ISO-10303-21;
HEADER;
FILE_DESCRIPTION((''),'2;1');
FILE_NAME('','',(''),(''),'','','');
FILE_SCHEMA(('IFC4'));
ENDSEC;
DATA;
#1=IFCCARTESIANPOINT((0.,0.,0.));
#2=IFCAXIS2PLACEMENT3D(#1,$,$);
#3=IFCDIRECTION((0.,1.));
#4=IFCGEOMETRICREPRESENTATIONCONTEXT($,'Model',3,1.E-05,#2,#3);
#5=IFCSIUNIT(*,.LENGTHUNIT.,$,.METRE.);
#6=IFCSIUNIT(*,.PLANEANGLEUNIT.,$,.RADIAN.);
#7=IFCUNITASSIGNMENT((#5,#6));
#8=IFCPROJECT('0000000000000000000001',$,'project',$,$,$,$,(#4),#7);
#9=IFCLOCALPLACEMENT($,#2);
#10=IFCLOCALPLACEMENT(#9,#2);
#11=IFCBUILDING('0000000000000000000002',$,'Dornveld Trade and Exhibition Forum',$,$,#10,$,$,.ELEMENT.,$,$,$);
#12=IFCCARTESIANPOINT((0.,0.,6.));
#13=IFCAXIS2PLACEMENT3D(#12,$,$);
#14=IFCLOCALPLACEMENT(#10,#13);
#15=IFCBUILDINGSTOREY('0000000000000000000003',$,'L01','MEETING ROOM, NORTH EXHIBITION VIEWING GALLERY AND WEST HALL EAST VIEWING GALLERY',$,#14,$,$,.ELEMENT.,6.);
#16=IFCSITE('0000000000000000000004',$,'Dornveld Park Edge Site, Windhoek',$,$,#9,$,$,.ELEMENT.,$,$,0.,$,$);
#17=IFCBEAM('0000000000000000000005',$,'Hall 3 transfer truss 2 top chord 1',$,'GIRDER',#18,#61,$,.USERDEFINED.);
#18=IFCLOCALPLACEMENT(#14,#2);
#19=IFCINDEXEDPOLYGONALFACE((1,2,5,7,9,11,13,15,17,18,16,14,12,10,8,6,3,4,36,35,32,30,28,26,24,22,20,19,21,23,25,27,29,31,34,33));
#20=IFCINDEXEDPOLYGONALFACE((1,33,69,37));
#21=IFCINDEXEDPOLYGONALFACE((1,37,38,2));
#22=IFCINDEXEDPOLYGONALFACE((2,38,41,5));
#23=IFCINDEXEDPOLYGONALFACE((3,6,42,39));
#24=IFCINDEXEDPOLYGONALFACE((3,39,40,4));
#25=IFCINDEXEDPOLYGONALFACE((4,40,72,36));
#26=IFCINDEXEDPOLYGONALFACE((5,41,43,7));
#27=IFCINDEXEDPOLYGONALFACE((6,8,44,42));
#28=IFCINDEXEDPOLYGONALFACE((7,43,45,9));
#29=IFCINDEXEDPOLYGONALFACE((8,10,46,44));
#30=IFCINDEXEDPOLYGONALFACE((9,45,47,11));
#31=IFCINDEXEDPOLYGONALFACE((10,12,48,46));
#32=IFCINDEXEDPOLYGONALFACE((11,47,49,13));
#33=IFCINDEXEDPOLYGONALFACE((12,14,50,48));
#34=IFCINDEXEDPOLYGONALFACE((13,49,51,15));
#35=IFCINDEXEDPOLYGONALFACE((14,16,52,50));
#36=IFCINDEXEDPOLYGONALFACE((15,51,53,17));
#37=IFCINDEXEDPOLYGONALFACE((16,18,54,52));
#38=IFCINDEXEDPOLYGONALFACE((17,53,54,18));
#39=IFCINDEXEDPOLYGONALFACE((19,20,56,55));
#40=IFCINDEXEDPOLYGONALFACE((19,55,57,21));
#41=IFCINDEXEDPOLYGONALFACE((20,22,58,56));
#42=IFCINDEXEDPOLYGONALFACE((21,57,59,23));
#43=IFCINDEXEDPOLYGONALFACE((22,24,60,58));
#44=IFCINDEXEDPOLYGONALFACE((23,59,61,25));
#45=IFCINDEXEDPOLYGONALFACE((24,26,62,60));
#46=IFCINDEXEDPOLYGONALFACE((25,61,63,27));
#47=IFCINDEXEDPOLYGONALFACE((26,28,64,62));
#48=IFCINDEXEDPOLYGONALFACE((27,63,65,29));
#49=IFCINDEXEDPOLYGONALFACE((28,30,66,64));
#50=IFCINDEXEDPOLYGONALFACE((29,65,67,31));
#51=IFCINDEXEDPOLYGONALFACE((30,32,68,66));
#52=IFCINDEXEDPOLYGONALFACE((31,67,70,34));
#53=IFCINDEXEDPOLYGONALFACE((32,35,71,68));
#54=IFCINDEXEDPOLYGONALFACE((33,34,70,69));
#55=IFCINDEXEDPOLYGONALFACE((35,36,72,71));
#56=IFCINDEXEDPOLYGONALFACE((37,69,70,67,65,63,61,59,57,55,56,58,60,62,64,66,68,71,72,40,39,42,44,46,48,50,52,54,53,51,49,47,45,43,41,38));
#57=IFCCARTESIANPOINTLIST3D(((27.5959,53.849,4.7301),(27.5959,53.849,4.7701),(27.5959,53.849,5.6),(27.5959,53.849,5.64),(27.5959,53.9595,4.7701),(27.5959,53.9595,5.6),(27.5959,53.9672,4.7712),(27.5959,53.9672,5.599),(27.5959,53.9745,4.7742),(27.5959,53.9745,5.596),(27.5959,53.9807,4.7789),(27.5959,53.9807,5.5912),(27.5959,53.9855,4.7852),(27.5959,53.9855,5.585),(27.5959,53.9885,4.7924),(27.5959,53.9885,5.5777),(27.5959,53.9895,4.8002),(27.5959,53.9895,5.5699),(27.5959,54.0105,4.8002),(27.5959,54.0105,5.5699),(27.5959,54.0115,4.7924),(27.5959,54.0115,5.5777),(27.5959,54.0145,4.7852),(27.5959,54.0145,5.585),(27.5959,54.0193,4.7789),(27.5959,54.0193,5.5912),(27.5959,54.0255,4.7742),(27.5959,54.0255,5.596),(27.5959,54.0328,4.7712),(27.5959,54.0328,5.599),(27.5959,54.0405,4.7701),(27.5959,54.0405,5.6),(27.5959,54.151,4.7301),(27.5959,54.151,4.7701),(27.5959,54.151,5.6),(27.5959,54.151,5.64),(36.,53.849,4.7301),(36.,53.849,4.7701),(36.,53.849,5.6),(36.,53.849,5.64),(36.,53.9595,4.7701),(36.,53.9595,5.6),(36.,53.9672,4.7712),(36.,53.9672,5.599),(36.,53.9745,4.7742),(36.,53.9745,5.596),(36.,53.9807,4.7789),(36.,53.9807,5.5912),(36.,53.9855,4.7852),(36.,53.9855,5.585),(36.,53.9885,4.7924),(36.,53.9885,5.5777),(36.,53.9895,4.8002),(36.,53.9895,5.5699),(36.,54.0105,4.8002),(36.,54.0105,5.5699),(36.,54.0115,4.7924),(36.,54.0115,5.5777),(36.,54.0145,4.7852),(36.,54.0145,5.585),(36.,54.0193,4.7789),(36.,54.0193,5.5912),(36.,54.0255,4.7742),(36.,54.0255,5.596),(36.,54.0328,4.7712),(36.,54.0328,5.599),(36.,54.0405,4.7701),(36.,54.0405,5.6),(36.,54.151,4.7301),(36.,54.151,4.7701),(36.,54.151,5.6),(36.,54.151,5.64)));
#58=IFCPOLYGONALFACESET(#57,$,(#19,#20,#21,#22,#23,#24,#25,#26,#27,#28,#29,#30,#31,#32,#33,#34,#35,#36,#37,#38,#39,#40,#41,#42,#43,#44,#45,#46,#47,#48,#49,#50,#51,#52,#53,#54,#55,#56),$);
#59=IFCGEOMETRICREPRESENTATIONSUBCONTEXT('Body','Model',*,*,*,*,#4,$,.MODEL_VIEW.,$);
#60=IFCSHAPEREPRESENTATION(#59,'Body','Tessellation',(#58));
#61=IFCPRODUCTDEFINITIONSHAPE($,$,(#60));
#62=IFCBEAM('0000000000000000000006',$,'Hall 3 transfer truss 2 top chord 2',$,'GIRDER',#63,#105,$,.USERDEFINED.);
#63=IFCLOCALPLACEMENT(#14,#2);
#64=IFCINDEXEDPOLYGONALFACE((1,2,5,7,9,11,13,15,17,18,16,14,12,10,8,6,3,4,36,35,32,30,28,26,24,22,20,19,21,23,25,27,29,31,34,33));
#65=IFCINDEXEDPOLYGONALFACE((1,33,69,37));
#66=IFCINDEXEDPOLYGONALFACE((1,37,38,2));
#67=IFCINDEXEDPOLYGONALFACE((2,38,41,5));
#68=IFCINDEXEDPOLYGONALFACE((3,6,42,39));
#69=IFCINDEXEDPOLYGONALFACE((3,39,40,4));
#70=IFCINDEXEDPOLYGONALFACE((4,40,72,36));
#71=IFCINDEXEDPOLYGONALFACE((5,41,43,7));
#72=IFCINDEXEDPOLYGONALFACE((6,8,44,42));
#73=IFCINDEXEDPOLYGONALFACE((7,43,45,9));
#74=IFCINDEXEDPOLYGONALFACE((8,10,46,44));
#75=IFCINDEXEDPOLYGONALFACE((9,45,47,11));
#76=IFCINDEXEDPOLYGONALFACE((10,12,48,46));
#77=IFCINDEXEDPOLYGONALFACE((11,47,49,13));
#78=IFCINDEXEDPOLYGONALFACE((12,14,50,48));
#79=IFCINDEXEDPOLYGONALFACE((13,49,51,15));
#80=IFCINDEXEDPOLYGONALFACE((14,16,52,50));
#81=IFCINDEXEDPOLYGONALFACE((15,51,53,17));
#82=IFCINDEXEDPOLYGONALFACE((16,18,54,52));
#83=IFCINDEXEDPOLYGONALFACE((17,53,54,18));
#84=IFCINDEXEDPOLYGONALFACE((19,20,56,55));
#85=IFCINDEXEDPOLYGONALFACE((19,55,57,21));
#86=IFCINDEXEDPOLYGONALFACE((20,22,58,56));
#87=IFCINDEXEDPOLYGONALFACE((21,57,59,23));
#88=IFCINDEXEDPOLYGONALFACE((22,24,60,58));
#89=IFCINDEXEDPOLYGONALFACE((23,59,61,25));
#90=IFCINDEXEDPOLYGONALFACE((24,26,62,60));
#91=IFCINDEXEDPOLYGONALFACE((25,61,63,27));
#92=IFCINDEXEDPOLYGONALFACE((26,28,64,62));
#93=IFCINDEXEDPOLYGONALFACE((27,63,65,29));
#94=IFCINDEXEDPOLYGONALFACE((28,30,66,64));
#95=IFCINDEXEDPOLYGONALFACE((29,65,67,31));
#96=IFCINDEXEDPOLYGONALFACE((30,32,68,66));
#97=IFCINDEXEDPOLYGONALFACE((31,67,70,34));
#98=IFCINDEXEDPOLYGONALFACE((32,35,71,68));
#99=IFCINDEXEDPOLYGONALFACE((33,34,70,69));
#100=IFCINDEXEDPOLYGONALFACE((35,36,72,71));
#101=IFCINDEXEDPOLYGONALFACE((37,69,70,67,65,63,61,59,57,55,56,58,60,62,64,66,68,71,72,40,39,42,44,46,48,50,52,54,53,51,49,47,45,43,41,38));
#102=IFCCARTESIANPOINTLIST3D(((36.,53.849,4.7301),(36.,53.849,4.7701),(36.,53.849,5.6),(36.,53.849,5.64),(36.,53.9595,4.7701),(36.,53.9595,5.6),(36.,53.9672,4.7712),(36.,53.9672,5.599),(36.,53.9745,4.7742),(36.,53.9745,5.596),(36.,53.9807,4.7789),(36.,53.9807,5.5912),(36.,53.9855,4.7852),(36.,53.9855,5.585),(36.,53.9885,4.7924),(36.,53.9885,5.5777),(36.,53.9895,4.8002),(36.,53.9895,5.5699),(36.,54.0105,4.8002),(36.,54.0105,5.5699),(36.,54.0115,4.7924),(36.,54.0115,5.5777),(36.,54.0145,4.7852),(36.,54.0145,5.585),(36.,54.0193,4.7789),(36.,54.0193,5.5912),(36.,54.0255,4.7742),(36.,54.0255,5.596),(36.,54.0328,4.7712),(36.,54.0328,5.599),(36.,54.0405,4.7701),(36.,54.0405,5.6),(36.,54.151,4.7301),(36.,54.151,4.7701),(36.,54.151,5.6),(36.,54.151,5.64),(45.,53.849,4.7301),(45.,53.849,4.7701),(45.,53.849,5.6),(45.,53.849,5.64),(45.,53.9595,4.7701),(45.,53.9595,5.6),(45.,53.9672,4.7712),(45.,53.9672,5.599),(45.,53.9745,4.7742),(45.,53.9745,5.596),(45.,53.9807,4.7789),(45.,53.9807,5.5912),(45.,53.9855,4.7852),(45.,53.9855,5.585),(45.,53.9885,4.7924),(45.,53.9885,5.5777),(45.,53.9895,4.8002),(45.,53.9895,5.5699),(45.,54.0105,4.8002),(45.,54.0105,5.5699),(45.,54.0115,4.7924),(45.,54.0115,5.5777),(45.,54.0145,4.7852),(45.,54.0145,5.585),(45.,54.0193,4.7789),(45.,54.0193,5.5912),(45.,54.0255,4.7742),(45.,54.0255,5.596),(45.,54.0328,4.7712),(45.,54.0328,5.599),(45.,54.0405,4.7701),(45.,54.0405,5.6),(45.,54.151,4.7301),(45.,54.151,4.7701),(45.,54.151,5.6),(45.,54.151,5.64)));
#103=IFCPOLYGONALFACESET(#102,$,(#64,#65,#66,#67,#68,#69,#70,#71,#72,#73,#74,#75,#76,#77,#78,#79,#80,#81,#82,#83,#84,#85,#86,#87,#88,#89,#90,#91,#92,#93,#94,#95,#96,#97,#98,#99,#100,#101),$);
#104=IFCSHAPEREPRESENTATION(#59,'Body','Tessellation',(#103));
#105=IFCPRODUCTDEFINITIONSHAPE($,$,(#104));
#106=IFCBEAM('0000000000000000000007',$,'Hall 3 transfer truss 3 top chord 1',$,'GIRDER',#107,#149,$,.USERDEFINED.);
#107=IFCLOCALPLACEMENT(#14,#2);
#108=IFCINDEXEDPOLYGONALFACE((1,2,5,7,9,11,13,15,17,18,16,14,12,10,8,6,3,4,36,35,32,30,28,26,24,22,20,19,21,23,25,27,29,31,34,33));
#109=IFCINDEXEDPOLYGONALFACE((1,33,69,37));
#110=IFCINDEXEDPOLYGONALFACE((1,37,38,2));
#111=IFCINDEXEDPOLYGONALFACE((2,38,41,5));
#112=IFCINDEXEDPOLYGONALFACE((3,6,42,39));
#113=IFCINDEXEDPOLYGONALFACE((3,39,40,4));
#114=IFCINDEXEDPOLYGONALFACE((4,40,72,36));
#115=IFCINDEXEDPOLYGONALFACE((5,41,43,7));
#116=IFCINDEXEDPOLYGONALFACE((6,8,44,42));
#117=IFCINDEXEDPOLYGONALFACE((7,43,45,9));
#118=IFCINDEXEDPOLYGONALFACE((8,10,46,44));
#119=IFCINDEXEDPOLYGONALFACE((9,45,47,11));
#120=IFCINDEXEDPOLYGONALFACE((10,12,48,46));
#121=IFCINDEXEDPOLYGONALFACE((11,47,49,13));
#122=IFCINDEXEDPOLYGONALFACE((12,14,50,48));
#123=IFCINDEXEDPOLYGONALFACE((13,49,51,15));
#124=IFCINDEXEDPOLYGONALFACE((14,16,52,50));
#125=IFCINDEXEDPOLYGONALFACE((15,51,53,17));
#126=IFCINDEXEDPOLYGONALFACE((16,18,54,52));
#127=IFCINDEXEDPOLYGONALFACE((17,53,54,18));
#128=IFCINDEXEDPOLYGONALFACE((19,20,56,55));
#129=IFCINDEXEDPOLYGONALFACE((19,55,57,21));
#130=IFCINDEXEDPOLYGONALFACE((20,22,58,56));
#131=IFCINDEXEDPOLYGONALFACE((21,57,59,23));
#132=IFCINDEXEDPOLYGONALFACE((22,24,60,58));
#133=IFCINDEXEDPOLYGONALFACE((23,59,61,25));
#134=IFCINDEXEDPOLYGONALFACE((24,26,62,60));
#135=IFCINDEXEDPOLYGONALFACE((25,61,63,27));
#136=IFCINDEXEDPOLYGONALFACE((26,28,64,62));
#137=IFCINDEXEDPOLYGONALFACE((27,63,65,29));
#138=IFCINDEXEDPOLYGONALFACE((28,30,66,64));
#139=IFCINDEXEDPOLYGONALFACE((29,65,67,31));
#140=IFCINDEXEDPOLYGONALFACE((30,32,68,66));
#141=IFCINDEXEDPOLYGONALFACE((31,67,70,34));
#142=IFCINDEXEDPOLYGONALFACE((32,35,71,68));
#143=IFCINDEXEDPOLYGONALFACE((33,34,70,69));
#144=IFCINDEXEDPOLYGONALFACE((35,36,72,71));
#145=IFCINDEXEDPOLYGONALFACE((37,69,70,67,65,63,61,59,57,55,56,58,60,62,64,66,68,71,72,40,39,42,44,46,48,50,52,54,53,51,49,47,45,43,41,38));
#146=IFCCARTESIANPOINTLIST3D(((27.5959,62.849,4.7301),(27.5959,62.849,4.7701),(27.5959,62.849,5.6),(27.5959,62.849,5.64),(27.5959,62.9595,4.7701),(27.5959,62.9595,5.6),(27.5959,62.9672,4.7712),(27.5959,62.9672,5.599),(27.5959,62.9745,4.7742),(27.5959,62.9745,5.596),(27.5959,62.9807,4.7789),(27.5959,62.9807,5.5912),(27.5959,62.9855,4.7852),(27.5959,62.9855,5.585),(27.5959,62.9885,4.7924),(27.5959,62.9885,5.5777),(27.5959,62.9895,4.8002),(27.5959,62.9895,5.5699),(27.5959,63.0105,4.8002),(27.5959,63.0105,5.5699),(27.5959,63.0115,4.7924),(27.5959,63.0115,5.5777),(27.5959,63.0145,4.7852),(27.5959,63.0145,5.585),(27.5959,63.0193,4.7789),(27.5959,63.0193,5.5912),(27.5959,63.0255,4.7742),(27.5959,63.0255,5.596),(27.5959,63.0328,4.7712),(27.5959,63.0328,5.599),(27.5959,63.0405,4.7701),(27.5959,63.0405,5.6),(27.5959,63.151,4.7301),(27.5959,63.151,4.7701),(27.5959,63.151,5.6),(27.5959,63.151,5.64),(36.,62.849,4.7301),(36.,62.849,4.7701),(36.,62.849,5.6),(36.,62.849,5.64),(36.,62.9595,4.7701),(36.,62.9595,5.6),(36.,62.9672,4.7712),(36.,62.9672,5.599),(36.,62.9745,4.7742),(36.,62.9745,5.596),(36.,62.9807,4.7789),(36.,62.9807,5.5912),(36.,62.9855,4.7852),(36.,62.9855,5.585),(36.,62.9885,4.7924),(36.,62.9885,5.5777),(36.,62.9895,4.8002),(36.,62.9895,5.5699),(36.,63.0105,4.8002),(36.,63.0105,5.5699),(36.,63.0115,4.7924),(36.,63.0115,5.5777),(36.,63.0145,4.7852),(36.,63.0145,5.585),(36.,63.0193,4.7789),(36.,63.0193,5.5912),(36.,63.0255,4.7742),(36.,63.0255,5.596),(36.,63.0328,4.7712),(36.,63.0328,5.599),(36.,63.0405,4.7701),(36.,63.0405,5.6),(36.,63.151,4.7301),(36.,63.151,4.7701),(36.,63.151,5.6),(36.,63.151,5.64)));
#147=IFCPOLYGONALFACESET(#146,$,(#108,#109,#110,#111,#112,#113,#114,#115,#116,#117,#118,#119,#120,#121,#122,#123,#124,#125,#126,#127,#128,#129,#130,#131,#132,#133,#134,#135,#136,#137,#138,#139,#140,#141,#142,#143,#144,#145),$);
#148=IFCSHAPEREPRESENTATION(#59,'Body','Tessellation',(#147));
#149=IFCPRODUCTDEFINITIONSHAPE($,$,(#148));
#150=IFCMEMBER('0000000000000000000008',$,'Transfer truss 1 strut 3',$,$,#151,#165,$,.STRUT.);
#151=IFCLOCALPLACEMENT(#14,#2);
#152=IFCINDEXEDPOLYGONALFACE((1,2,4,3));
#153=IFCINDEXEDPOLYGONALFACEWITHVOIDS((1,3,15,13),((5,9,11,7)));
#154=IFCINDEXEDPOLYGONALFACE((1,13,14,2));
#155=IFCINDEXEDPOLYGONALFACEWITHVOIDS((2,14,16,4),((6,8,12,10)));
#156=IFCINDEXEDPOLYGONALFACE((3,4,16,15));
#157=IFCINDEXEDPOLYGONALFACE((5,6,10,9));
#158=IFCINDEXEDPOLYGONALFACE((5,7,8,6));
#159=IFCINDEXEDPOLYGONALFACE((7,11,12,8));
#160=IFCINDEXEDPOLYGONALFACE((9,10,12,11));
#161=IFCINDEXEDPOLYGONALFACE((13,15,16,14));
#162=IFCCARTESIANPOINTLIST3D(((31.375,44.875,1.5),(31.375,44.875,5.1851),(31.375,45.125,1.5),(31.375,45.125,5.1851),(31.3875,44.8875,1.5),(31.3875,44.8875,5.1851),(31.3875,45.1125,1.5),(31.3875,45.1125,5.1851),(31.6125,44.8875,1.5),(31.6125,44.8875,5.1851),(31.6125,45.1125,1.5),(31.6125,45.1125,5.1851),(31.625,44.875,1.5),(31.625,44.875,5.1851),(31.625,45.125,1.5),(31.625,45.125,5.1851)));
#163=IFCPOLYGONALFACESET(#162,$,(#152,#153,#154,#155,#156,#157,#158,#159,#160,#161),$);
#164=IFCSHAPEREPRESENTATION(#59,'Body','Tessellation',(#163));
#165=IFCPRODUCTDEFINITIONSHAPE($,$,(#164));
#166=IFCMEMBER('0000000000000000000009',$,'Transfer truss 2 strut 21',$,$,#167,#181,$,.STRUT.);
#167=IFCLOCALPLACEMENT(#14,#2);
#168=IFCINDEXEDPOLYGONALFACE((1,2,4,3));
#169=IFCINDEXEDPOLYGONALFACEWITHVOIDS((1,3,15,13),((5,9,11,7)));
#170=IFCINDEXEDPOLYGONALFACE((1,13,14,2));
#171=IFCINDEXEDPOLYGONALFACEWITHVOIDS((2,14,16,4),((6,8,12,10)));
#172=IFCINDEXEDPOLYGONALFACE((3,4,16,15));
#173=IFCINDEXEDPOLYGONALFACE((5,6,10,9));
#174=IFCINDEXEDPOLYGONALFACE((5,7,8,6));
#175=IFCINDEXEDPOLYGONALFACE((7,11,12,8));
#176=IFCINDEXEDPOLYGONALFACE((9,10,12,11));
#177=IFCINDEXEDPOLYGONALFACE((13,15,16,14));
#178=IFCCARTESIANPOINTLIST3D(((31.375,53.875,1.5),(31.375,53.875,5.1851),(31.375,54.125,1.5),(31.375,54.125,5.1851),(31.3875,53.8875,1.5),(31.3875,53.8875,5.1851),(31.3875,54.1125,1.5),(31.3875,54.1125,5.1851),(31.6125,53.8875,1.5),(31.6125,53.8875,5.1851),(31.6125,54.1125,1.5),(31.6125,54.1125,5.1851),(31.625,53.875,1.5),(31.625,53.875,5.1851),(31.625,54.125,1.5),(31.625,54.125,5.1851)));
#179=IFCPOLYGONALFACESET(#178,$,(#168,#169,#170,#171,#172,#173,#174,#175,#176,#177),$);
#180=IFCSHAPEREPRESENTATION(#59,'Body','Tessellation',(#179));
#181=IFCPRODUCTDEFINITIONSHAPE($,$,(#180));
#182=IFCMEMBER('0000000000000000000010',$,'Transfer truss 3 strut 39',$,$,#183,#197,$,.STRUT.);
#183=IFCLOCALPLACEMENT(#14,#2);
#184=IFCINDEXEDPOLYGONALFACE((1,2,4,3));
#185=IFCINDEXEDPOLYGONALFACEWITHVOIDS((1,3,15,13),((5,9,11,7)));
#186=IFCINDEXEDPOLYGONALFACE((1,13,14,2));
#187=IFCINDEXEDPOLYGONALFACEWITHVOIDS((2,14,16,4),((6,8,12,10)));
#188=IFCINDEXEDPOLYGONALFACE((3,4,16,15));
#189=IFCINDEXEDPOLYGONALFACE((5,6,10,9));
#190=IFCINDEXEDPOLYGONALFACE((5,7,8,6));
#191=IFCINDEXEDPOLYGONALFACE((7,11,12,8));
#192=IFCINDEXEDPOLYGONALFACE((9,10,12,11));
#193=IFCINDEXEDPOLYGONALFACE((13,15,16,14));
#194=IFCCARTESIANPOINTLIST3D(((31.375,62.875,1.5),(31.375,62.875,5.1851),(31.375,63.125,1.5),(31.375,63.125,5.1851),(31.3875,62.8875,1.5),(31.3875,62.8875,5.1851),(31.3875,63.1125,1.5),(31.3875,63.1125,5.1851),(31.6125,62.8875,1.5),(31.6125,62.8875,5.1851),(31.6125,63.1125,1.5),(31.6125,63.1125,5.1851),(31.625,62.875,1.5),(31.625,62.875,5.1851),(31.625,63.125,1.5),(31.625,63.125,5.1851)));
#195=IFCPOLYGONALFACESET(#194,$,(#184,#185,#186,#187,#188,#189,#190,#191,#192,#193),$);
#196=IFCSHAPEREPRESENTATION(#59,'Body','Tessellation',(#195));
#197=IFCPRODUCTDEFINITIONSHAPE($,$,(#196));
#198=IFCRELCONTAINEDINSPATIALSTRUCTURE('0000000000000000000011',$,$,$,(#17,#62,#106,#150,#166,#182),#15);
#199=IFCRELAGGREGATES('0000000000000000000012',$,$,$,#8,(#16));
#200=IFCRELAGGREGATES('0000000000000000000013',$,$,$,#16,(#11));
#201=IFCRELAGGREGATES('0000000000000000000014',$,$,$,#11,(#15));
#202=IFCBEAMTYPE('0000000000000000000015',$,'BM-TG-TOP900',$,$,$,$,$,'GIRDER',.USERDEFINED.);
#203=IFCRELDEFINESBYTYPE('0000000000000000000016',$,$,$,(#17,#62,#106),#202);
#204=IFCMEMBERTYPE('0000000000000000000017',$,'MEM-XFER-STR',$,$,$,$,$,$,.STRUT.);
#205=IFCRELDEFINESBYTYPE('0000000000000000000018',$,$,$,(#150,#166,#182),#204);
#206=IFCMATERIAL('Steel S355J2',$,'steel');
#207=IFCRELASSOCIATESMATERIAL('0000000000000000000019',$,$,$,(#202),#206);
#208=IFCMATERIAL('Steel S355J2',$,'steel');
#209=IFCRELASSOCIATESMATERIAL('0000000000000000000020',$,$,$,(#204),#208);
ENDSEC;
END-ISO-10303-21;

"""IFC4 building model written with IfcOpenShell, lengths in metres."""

from ifc_helpers import new_model, si_unit, direction, frame, origin, origin_2d, place, context, subcontext, project, spatial, hollow_rectangle, i_section, extrude, material, material_profile, profile_set, type_object, element, save


model = new_model("IFC4")

# Units and contexts
model_context = context("Model", 3, precision=1e-05, world=origin(), true_north=direction((0.0, 1.0)))
body_context = subcontext(model_context, "Body", "Model", "MODEL_VIEW")
ifc_project = project(units=[si_unit("LENGTHUNIT", "METRE"), si_unit("PLANEANGLEUNIT", "RADIAN")], contexts=[model_context])

# Site, building, storey
site_placement = place(None, origin())
site = spatial("IfcSite", under=ifc_project, at=site_placement, Name="Dornveld Park Edge Site, Windhoek", CompositionType="ELEMENT", RefElevation=0.0)
building_placement = place(site_placement, origin())
building = spatial("IfcBuilding", under=site, at=building_placement, Name="Dornveld Trade and Exhibition Forum", CompositionType="ELEMENT")
storey_placement = place(building_placement, frame((0.0, 0.0, 6.0)))
storey = spatial("IfcBuildingStorey", under=building, at=storey_placement, Name="L01", Description="MEETING ROOM, NORTH EXHIBITION VIEWING GALLERY AND WEST HALL EAST VIEWING GALLERY", CompositionType="ELEMENT", Elevation=6.0)

# Beams
ifc_material_1 = material(Name="Steel S355J2", Category="steel")
ifc_material_profile_1 = material_profile(ifc_material_1, i_section(OverallWidth=0.302, OverallDepth=0.9099, WebThickness=0.021, FlangeThickness=0.04, FilletRadius=0.03, at=origin_2d()), Name="HEM 900")
ifc_profile_set_1 = profile_set([ifc_material_profile_1], Name="Steel S355J2")
beam_type_1 = type_object("IfcBeamType", Name="BM-TG-TOP900", ElementType="GIRDER", PredefinedType="USERDEFINED", material=ifc_profile_set_1)
beam_1_placement = place(storey_placement, frame((27.5959, 54.0, 5.1851), z_axis=(1.0, 0.0, 0.0), x_axis=(0.0, 1.0, 0.0)))
element("IfcBeam", 1, at=beam_1_placement, inside=storey, type_object=beam_type_1, Name="Hall 3 transfer truss 2 top chord 1", ObjectType="GIRDER", PredefinedType="USERDEFINED", context=body_context, shape_type="SweptSolid", body=[
    extrude(i_section(OverallWidth=0.302, OverallDepth=0.9099, WebThickness=0.021, FlangeThickness=0.04, FilletRadius=0.03, at=origin_2d()), origin(), (0.0, 0.0, 1.0), 8.4041),
])
beam_2_placement = place(storey_placement, frame((36.0, 54.0, 5.1851), z_axis=(1.0, 0.0, 0.0), x_axis=(0.0, 1.0, 0.0)))
element("IfcBeam", 2, at=beam_2_placement, inside=storey, type_object=beam_type_1, Name="Hall 3 transfer truss 2 top chord 2", ObjectType="GIRDER", PredefinedType="USERDEFINED", context=body_context, shape_type="SweptSolid", body=[
    extrude(i_section(OverallWidth=0.302, OverallDepth=0.9099, WebThickness=0.021, FlangeThickness=0.04, FilletRadius=0.03, at=origin_2d()), origin(), (0.0, 0.0, 1.0), 9.0),
])
beam_3_placement = place(storey_placement, frame((27.5959, 63.0, 5.1851), z_axis=(1.0, 0.0, 0.0), x_axis=(0.0, 1.0, 0.0)))
element("IfcBeam", 3, at=beam_3_placement, inside=storey, type_object=beam_type_1, Name="Hall 3 transfer truss 3 top chord 1", ObjectType="GIRDER", PredefinedType="USERDEFINED", context=body_context, shape_type="SweptSolid", body=[
    extrude(i_section(OverallWidth=0.302, OverallDepth=0.9099, WebThickness=0.021, FlangeThickness=0.04, FilletRadius=0.03, at=origin_2d()), origin(), (0.0, 0.0, 1.0), 8.4041),
])

# Members
ifc_material_2 = material(Name="Steel S355J2", Category="steel")
ifc_material_profile_2 = material_profile(ifc_material_2, hollow_rectangle(XDim=0.25, YDim=0.25, WallThickness=0.0125, at=origin_2d()), Name="SHS 250x250x12.5")
ifc_profile_set_2 = profile_set([ifc_material_profile_2], Name="Steel S355J2")
member_type_1 = type_object("IfcMemberType", Name="MEM-XFER-STR", PredefinedType="STRUT", material=ifc_profile_set_2)
for number, where, z_axis, x_axis, name in (
    (4, (31.5, 45.0, 1.5), (0.0, 0.0, 1.0), (1.0, 0.0, 0.0), "Transfer truss 1 strut 3"),
    (5, (31.5, 54.0, 1.5), (0.0, 0.0, 1.0), (1.0, 0.0, 0.0), "Transfer truss 2 strut 21"),
    (6, (31.5, 63.0, 1.5), (0.0, 0.0, 1.0), (1.0, 0.0, 0.0), "Transfer truss 3 strut 39"),
):
    element("IfcMember", number, at=place(storey_placement, frame(where, z_axis=z_axis, x_axis=x_axis)), inside=storey, type_object=member_type_1, Name=name, PredefinedType="STRUT", context=body_context, shape_type="SweptSolid", body=[
        extrude(hollow_rectangle(XDim=0.25, YDim=0.25, WallThickness=0.0125, at=origin_2d()), origin(), (0.0, 0.0, 1.0), 3.6851),
    ])

save(model, "model.ifc")
